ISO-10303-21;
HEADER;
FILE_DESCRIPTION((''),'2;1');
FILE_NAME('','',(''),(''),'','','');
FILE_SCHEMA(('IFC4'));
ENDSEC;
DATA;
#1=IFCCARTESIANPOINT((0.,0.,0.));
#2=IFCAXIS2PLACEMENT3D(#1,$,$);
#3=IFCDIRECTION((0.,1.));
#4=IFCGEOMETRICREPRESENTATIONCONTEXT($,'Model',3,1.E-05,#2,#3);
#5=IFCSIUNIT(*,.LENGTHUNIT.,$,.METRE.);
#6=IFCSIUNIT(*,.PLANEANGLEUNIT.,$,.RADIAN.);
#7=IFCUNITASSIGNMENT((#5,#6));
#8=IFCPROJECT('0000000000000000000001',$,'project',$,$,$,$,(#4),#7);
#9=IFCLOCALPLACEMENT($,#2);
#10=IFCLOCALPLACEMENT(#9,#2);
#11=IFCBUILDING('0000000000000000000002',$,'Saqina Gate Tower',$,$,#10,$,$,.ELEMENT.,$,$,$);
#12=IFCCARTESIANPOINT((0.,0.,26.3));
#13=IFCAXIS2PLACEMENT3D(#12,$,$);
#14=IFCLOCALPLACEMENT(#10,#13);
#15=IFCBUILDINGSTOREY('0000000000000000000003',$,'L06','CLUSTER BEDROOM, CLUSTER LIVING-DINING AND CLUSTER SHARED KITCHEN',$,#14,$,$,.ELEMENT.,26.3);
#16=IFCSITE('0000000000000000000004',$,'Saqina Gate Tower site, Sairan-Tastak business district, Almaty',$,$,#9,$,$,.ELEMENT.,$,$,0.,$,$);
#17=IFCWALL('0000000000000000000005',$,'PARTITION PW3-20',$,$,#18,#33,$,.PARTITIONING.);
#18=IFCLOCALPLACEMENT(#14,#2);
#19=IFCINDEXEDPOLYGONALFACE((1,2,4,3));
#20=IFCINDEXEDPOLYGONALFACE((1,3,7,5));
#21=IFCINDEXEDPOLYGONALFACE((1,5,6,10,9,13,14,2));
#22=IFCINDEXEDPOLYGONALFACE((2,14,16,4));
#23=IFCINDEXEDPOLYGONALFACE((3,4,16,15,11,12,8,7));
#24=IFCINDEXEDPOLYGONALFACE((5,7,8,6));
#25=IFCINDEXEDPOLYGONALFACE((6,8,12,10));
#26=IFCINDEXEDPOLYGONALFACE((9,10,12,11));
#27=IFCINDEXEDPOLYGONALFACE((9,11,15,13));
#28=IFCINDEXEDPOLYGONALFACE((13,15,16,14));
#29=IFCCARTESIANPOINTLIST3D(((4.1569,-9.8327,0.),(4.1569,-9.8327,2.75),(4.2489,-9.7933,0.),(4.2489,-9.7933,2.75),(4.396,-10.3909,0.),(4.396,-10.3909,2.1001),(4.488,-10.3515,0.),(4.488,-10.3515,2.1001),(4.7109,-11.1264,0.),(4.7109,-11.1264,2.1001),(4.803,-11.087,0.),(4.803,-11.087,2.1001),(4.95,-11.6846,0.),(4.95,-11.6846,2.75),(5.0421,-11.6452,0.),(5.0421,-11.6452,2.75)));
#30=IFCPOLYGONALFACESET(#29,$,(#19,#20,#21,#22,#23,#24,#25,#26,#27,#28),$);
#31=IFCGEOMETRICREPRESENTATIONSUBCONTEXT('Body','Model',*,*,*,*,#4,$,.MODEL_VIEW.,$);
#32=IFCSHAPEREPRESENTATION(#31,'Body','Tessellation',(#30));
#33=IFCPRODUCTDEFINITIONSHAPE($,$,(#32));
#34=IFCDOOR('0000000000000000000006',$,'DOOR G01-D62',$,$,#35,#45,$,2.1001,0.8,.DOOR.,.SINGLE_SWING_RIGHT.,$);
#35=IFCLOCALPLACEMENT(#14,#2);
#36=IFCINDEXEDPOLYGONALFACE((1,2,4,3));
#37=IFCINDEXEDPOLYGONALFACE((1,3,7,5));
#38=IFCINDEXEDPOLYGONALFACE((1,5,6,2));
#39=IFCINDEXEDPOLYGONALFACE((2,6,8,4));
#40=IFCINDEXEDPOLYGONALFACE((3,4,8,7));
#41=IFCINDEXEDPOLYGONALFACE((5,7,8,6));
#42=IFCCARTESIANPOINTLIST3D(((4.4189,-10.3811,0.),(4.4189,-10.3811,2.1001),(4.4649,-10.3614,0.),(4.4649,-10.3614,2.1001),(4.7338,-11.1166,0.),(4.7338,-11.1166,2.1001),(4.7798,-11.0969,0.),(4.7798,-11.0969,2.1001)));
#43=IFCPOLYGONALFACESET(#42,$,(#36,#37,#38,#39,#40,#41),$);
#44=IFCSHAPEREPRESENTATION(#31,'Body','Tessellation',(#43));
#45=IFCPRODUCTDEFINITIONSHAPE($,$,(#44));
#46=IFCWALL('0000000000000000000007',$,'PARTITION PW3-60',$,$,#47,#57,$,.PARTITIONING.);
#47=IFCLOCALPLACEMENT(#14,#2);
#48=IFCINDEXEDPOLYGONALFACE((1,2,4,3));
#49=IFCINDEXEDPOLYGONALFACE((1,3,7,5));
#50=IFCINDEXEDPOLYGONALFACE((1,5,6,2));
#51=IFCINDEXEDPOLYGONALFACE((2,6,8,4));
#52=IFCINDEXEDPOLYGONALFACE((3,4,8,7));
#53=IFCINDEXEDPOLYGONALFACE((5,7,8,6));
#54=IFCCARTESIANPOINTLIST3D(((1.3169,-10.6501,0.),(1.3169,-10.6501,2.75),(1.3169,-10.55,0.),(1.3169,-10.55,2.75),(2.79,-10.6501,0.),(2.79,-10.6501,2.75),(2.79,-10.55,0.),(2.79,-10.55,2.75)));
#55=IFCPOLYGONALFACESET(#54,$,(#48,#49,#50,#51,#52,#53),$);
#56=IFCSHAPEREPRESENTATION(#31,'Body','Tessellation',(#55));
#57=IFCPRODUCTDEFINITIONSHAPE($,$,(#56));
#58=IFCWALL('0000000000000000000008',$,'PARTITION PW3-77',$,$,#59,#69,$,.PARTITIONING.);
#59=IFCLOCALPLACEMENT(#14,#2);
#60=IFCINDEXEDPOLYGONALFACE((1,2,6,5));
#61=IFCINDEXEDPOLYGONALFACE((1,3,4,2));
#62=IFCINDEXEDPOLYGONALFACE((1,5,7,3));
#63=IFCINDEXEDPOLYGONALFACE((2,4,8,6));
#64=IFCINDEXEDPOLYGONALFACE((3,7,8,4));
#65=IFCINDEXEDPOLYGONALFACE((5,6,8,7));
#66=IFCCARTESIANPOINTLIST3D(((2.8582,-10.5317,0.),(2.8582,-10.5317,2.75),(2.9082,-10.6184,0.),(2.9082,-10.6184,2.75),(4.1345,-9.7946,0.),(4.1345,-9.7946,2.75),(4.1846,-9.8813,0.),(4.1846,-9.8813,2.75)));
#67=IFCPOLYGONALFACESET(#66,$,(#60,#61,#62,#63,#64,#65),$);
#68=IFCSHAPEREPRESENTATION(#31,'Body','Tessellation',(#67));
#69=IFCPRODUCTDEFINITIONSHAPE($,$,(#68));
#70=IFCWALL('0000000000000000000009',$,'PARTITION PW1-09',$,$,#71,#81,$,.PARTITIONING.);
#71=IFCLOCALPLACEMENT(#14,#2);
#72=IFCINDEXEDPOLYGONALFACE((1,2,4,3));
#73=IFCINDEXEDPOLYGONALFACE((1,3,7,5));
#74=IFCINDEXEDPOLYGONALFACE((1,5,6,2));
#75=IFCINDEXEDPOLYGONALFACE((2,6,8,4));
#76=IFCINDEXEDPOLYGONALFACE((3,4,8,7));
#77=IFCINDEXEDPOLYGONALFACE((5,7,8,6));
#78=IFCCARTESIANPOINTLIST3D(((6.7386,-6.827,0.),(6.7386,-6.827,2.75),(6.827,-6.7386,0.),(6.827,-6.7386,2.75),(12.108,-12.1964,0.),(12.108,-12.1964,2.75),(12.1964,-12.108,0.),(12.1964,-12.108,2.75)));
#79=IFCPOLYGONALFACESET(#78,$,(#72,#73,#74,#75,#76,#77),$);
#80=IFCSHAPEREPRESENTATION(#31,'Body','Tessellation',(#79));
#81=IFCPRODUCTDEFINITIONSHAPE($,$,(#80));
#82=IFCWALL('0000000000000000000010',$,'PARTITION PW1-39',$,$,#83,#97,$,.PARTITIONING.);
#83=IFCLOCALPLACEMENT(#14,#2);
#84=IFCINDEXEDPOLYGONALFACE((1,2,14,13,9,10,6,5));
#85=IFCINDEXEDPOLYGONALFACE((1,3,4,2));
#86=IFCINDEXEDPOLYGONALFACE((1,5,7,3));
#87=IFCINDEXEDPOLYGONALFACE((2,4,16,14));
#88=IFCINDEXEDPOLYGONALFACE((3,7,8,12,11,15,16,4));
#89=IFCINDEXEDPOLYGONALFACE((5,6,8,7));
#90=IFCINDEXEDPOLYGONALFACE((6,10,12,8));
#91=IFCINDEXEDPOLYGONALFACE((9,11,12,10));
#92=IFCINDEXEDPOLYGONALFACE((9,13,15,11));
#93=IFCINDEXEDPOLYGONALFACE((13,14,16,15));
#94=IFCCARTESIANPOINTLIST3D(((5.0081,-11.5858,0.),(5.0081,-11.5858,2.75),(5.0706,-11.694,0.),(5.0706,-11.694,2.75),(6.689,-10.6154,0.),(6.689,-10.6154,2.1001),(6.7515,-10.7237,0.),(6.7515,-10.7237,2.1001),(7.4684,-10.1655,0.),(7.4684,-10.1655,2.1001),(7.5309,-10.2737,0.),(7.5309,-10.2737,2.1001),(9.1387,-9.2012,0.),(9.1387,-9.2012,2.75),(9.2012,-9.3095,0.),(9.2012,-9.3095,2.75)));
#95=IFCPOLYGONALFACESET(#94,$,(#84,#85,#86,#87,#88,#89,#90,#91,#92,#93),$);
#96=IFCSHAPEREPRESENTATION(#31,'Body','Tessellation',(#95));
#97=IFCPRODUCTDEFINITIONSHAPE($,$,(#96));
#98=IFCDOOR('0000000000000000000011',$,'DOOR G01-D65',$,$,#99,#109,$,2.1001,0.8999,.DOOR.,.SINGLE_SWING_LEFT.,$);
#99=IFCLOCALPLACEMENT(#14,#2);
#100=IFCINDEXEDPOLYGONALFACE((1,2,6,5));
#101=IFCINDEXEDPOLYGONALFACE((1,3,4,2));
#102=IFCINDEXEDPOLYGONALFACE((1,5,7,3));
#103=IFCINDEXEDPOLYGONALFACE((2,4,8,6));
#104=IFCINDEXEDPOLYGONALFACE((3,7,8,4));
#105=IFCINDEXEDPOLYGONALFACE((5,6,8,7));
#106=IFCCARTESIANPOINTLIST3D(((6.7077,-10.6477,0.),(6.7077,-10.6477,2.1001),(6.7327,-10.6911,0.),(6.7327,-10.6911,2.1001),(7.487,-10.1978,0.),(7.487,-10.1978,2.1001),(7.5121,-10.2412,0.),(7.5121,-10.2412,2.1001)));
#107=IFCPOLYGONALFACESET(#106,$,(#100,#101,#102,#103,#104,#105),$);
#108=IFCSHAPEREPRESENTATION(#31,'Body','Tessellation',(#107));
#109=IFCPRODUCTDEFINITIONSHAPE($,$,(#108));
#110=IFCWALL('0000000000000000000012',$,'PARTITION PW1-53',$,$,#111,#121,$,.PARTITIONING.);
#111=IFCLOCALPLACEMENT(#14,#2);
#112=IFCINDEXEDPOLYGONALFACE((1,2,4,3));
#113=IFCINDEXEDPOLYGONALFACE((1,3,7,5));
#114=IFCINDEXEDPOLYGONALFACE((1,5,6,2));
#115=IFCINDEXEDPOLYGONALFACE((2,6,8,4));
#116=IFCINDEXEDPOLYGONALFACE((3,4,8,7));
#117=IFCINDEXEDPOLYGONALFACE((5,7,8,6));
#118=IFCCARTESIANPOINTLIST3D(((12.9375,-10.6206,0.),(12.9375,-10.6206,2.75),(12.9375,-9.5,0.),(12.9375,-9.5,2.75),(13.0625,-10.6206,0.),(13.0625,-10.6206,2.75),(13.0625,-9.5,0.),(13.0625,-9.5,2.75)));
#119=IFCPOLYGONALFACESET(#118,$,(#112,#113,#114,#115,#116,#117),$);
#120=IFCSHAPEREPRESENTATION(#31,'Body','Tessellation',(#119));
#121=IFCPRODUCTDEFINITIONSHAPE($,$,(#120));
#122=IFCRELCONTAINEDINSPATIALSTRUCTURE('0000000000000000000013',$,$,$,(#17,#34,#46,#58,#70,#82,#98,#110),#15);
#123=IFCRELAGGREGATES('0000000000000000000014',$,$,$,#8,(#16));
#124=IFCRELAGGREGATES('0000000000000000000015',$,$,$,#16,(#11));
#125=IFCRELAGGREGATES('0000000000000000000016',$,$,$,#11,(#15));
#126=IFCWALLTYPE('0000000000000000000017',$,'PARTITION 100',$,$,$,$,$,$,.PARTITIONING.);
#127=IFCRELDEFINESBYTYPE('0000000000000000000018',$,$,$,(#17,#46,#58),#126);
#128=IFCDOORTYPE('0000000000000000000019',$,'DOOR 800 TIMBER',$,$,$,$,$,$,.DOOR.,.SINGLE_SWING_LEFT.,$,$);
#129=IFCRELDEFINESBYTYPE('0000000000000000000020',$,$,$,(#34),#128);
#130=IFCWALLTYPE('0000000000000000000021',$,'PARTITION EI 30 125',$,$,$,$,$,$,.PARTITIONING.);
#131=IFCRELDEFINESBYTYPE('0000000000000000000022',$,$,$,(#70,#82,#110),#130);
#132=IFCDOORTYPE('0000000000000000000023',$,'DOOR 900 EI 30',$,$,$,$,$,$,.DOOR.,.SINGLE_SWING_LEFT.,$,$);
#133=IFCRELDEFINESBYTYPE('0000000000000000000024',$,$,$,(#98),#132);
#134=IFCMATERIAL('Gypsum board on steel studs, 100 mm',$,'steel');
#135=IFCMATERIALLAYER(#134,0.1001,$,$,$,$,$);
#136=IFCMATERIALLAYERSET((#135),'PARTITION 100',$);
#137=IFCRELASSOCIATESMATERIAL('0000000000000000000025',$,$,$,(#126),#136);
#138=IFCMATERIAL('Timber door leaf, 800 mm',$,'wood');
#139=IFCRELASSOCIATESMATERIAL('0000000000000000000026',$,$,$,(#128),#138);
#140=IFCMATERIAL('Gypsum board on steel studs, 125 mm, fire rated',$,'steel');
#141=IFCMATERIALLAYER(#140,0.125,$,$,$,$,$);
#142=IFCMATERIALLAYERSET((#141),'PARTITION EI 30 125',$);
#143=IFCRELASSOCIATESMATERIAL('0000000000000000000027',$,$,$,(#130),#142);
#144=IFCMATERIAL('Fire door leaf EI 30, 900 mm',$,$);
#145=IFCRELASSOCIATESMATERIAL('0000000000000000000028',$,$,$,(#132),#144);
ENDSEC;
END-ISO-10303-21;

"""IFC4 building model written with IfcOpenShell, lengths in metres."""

from ifc_helpers import new_model, si_unit, direction, frame, frame_2d, origin, place, context, subcontext, project, spatial, rectangle, extrude, material, layer, layer_set, type_object, element, fill, save


model = new_model("IFC4")

# Units and contexts
model_context = context("Model", 3, precision=1e-05, world=origin(), true_north=direction((0.0, 1.0)))
body_context = subcontext(model_context, "Body", "Model", "MODEL_VIEW")
ifc_project = project(units=[si_unit("LENGTHUNIT", "METRE"), si_unit("PLANEANGLEUNIT", "RADIAN")], contexts=[model_context])

# Site, building, storey
site_placement = place(None, origin())
site = spatial("IfcSite", under=ifc_project, at=site_placement, Name="Saqina Gate Tower site, Sairan-Tastak business district, Almaty", CompositionType="ELEMENT", RefElevation=0.0)
building_placement = place(site_placement, origin())
building = spatial("IfcBuilding", under=site, at=building_placement, Name="Saqina Gate Tower", CompositionType="ELEMENT")
storey_placement = place(building_placement, frame((0.0, 0.0, 26.3)))
storey = spatial("IfcBuildingStorey", under=building, at=storey_placement, Name="L06", Description="CLUSTER BEDROOM, CLUSTER LIVING-DINING AND CLUSTER SHARED KITCHEN", CompositionType="ELEMENT", Elevation=26.3)

# Shared definitions
ifc_material_1 = material(Name="Gypsum board on steel studs, 100 mm", Category="steel")
ifc_layer_1 = layer(ifc_material_1, 0.1001)
ifc_layer_set_1 = layer_set([ifc_layer_1], Name="PARTITION 100")
wall_type_1 = type_object("IfcWallType", Name="PARTITION 100", PredefinedType="PARTITIONING", material=ifc_layer_set_1)
ifc_material_2 = material(Name="Timber door leaf, 800 mm", Category="wood")
door_type_1 = type_object("IfcDoorType", Name="DOOR 800 TIMBER", OperationType="SINGLE_SWING_LEFT", PredefinedType="DOOR", material=ifc_material_2)

# Wall, opening, door
wall_1_placement = place(storey_placement, frame((4.2029, -9.813, 0.0), z_axis=(0.0, 0.0, 1.0), x_axis=(0.3937, -0.919239, 0.0)))
wall_1 = element("IfcWall", 1, at=wall_1_placement, inside=storey, type_object=wall_type_1, Name="PARTITION PW3-20", PredefinedType="PARTITIONING", context=body_context, shape_type="SweptSolid", body=[
    extrude(rectangle(XDim=2.0146, YDim=0.1001, at=frame_2d((1.0073, 0.0))), origin(), (0.0, 0.0, 1.0), 2.75),
])
opening_1_placement = place(wall_1_placement, frame((0.6074, 0.0, 0.0)))
opening_1 = element("IfcOpeningElement", 2, at=opening_1_placement, cuts=wall_1, PredefinedType="OPENING", context=body_context, shape_type="SweptSolid", body=[
    extrude(rectangle(XDim=0.8, YDim=2.1001, at=frame_2d((0.3999, 1.05))), frame((0.0, 0.062, 0.0), z_axis=(0.0, -1.0, 0.0), x_axis=(1.0, 0.0, 0.0)), (0.0, 0.0, 1.0), 0.124),
])
door_1_placement = place(opening_1_placement, origin())
door_1 = element("IfcDoor", 3, at=door_1_placement, inside=storey, type_object=door_type_1, Name="DOOR G01-D62", OperationType="SINGLE_SWING_RIGHT", OverallHeight=2.1001, OverallWidth=0.8, PredefinedType="DOOR", context=body_context, shape_type="SweptSolid", body=[
    extrude(rectangle(XDim=0.8, YDim=2.1001, at=frame_2d((0.3999, 1.05))), frame((0.0, 0.0249, 0.0), z_axis=(0.0, -1.0, 0.0), x_axis=(1.0, 0.0, 0.0)), (0.0, 0.0, 1.0), 0.05),
])
fill(opening_1, door_1)

# Walls
wall_2_placement = place(storey_placement, frame((1.3169, -10.6001, 0.0), z_axis=(0.0, 0.0, 1.0), x_axis=(1.0, 0.0, 0.0)))
element("IfcWall", 4, at=wall_2_placement, inside=storey, type_object=wall_type_1, Name="PARTITION PW3-60", PredefinedType="PARTITIONING", context=body_context, shape_type="SweptSolid", body=[
    extrude(rectangle(XDim=1.4731, YDim=0.1001, at=frame_2d((0.7366, 0.0))), origin(), (0.0, 0.0, 1.0), 2.75),
])
wall_3_placement = place(storey_placement, frame((2.8833, -10.575, 0.0), z_axis=(0.0, 0.0, 1.0), x_axis=(0.865981, 0.500076, 0.0)))
element("IfcWall", 5, at=wall_3_placement, inside=storey, type_object=wall_type_1, Name="PARTITION PW3-77", PredefinedType="PARTITIONING", context=body_context, shape_type="SweptSolid", body=[
    extrude(rectangle(XDim=1.4739, YDim=0.1001, at=frame_2d((0.7368, 0.0))), origin(), (0.0, 0.0, 1.0), 2.75),
])
ifc_material_3 = material(Name="Gypsum board on steel studs, 125 mm, fire rated", Category="steel")
ifc_layer_2 = layer(ifc_material_3, 0.125)
ifc_layer_set_2 = layer_set([ifc_layer_2], Name="PARTITION EI 30 125")
wall_type_2 = type_object("IfcWallType", Name="PARTITION EI 30 125", PredefinedType="PARTITIONING", material=ifc_layer_set_2)
wall_4_placement = place(storey_placement, frame((6.7827, -6.7827, 0.0), z_axis=(0.0, 0.0, 1.0), x_axis=(0.707107, -0.707107, 0.0)))
element("IfcWall", 6, at=wall_4_placement, inside=storey, type_object=wall_type_2, Name="PARTITION PW1-09", PredefinedType="PARTITIONING", context=body_context, shape_type="SweptSolid", body=[
    extrude(rectangle(XDim=7.5935, YDim=0.125, at=frame_2d((3.7969, 0.0))), origin(), (0.0, 0.0, 1.0), 2.75),
])

# Wall, opening, door
wall_5_placement = place(storey_placement, frame((5.0393, -11.6399, 0.0), z_axis=(0.0, 0.0, 1.0), x_axis=(0.866052, 0.499954, 0.0)))
wall_5 = element("IfcWall", 7, at=wall_5_placement, inside=storey, type_object=wall_type_2, Name="PARTITION PW1-39", PredefinedType="PARTITIONING", context=body_context, shape_type="SweptSolid", body=[
    extrude(rectangle(XDim=4.7695, YDim=0.125, at=frame_2d((2.3848, 0.0))), origin(), (0.0, 0.0, 1.0), 2.75),
])
opening_2_placement = place(wall_5_placement, frame((1.9409, 0.0, 0.0)))
opening_2 = element("IfcOpeningElement", 8, at=opening_2_placement, cuts=wall_5, PredefinedType="OPENING", context=body_context, shape_type="SweptSolid", body=[
    extrude(rectangle(XDim=0.8999, YDim=2.1001, at=frame_2d((0.45, 1.05))), frame((0.0, 0.0745, 0.0), z_axis=(0.0, -1.0, 0.0), x_axis=(1.0, 0.0, 0.0)), (0.0, 0.0, 1.0), 0.1489),
])
ifc_material_4 = material(Name="Fire door leaf EI 30, 900 mm")
door_type_2 = type_object("IfcDoorType", Name="DOOR 900 EI 30", OperationType="SINGLE_SWING_LEFT", PredefinedType="DOOR", material=ifc_material_4)
door_2_placement = place(opening_2_placement, frame((0.8999, 0.0, 0.0), z_axis=(0.0, 0.0, 1.0), x_axis=(-1.0, 0.0, 0.0)))
door_2 = element("IfcDoor", 9, at=door_2_placement, inside=storey, type_object=door_type_2, Name="DOOR G01-D65", OperationType="SINGLE_SWING_LEFT", OverallHeight=2.1001, OverallWidth=0.8999, PredefinedType="DOOR", context=body_context, shape_type="SweptSolid", body=[
    extrude(rectangle(XDim=0.8999, YDim=2.1001, at=frame_2d((0.45, 1.05))), frame((0.0, 0.0249, 0.0), z_axis=(0.0, -1.0, 0.0), x_axis=(1.0, 0.0, 0.0)), (0.0, 0.0, 1.0), 0.05),
])
fill(opening_2, door_2)

# Wall
wall_6_placement = place(storey_placement, frame((13.0, -10.6206, 0.0), z_axis=(0.0, 0.0, 1.0), x_axis=(0.0, 1.0, 0.0)))
element("IfcWall", 10, at=wall_6_placement, inside=storey, type_object=wall_type_2, Name="PARTITION PW1-53", PredefinedType="PARTITIONING", context=body_context, shape_type="SweptSolid", body=[
    extrude(rectangle(XDim=1.1206, YDim=0.125, at=frame_2d((0.5603, 0.0))), origin(), (0.0, 0.0, 1.0), 2.75),
])

save(model, "model.ifc")
